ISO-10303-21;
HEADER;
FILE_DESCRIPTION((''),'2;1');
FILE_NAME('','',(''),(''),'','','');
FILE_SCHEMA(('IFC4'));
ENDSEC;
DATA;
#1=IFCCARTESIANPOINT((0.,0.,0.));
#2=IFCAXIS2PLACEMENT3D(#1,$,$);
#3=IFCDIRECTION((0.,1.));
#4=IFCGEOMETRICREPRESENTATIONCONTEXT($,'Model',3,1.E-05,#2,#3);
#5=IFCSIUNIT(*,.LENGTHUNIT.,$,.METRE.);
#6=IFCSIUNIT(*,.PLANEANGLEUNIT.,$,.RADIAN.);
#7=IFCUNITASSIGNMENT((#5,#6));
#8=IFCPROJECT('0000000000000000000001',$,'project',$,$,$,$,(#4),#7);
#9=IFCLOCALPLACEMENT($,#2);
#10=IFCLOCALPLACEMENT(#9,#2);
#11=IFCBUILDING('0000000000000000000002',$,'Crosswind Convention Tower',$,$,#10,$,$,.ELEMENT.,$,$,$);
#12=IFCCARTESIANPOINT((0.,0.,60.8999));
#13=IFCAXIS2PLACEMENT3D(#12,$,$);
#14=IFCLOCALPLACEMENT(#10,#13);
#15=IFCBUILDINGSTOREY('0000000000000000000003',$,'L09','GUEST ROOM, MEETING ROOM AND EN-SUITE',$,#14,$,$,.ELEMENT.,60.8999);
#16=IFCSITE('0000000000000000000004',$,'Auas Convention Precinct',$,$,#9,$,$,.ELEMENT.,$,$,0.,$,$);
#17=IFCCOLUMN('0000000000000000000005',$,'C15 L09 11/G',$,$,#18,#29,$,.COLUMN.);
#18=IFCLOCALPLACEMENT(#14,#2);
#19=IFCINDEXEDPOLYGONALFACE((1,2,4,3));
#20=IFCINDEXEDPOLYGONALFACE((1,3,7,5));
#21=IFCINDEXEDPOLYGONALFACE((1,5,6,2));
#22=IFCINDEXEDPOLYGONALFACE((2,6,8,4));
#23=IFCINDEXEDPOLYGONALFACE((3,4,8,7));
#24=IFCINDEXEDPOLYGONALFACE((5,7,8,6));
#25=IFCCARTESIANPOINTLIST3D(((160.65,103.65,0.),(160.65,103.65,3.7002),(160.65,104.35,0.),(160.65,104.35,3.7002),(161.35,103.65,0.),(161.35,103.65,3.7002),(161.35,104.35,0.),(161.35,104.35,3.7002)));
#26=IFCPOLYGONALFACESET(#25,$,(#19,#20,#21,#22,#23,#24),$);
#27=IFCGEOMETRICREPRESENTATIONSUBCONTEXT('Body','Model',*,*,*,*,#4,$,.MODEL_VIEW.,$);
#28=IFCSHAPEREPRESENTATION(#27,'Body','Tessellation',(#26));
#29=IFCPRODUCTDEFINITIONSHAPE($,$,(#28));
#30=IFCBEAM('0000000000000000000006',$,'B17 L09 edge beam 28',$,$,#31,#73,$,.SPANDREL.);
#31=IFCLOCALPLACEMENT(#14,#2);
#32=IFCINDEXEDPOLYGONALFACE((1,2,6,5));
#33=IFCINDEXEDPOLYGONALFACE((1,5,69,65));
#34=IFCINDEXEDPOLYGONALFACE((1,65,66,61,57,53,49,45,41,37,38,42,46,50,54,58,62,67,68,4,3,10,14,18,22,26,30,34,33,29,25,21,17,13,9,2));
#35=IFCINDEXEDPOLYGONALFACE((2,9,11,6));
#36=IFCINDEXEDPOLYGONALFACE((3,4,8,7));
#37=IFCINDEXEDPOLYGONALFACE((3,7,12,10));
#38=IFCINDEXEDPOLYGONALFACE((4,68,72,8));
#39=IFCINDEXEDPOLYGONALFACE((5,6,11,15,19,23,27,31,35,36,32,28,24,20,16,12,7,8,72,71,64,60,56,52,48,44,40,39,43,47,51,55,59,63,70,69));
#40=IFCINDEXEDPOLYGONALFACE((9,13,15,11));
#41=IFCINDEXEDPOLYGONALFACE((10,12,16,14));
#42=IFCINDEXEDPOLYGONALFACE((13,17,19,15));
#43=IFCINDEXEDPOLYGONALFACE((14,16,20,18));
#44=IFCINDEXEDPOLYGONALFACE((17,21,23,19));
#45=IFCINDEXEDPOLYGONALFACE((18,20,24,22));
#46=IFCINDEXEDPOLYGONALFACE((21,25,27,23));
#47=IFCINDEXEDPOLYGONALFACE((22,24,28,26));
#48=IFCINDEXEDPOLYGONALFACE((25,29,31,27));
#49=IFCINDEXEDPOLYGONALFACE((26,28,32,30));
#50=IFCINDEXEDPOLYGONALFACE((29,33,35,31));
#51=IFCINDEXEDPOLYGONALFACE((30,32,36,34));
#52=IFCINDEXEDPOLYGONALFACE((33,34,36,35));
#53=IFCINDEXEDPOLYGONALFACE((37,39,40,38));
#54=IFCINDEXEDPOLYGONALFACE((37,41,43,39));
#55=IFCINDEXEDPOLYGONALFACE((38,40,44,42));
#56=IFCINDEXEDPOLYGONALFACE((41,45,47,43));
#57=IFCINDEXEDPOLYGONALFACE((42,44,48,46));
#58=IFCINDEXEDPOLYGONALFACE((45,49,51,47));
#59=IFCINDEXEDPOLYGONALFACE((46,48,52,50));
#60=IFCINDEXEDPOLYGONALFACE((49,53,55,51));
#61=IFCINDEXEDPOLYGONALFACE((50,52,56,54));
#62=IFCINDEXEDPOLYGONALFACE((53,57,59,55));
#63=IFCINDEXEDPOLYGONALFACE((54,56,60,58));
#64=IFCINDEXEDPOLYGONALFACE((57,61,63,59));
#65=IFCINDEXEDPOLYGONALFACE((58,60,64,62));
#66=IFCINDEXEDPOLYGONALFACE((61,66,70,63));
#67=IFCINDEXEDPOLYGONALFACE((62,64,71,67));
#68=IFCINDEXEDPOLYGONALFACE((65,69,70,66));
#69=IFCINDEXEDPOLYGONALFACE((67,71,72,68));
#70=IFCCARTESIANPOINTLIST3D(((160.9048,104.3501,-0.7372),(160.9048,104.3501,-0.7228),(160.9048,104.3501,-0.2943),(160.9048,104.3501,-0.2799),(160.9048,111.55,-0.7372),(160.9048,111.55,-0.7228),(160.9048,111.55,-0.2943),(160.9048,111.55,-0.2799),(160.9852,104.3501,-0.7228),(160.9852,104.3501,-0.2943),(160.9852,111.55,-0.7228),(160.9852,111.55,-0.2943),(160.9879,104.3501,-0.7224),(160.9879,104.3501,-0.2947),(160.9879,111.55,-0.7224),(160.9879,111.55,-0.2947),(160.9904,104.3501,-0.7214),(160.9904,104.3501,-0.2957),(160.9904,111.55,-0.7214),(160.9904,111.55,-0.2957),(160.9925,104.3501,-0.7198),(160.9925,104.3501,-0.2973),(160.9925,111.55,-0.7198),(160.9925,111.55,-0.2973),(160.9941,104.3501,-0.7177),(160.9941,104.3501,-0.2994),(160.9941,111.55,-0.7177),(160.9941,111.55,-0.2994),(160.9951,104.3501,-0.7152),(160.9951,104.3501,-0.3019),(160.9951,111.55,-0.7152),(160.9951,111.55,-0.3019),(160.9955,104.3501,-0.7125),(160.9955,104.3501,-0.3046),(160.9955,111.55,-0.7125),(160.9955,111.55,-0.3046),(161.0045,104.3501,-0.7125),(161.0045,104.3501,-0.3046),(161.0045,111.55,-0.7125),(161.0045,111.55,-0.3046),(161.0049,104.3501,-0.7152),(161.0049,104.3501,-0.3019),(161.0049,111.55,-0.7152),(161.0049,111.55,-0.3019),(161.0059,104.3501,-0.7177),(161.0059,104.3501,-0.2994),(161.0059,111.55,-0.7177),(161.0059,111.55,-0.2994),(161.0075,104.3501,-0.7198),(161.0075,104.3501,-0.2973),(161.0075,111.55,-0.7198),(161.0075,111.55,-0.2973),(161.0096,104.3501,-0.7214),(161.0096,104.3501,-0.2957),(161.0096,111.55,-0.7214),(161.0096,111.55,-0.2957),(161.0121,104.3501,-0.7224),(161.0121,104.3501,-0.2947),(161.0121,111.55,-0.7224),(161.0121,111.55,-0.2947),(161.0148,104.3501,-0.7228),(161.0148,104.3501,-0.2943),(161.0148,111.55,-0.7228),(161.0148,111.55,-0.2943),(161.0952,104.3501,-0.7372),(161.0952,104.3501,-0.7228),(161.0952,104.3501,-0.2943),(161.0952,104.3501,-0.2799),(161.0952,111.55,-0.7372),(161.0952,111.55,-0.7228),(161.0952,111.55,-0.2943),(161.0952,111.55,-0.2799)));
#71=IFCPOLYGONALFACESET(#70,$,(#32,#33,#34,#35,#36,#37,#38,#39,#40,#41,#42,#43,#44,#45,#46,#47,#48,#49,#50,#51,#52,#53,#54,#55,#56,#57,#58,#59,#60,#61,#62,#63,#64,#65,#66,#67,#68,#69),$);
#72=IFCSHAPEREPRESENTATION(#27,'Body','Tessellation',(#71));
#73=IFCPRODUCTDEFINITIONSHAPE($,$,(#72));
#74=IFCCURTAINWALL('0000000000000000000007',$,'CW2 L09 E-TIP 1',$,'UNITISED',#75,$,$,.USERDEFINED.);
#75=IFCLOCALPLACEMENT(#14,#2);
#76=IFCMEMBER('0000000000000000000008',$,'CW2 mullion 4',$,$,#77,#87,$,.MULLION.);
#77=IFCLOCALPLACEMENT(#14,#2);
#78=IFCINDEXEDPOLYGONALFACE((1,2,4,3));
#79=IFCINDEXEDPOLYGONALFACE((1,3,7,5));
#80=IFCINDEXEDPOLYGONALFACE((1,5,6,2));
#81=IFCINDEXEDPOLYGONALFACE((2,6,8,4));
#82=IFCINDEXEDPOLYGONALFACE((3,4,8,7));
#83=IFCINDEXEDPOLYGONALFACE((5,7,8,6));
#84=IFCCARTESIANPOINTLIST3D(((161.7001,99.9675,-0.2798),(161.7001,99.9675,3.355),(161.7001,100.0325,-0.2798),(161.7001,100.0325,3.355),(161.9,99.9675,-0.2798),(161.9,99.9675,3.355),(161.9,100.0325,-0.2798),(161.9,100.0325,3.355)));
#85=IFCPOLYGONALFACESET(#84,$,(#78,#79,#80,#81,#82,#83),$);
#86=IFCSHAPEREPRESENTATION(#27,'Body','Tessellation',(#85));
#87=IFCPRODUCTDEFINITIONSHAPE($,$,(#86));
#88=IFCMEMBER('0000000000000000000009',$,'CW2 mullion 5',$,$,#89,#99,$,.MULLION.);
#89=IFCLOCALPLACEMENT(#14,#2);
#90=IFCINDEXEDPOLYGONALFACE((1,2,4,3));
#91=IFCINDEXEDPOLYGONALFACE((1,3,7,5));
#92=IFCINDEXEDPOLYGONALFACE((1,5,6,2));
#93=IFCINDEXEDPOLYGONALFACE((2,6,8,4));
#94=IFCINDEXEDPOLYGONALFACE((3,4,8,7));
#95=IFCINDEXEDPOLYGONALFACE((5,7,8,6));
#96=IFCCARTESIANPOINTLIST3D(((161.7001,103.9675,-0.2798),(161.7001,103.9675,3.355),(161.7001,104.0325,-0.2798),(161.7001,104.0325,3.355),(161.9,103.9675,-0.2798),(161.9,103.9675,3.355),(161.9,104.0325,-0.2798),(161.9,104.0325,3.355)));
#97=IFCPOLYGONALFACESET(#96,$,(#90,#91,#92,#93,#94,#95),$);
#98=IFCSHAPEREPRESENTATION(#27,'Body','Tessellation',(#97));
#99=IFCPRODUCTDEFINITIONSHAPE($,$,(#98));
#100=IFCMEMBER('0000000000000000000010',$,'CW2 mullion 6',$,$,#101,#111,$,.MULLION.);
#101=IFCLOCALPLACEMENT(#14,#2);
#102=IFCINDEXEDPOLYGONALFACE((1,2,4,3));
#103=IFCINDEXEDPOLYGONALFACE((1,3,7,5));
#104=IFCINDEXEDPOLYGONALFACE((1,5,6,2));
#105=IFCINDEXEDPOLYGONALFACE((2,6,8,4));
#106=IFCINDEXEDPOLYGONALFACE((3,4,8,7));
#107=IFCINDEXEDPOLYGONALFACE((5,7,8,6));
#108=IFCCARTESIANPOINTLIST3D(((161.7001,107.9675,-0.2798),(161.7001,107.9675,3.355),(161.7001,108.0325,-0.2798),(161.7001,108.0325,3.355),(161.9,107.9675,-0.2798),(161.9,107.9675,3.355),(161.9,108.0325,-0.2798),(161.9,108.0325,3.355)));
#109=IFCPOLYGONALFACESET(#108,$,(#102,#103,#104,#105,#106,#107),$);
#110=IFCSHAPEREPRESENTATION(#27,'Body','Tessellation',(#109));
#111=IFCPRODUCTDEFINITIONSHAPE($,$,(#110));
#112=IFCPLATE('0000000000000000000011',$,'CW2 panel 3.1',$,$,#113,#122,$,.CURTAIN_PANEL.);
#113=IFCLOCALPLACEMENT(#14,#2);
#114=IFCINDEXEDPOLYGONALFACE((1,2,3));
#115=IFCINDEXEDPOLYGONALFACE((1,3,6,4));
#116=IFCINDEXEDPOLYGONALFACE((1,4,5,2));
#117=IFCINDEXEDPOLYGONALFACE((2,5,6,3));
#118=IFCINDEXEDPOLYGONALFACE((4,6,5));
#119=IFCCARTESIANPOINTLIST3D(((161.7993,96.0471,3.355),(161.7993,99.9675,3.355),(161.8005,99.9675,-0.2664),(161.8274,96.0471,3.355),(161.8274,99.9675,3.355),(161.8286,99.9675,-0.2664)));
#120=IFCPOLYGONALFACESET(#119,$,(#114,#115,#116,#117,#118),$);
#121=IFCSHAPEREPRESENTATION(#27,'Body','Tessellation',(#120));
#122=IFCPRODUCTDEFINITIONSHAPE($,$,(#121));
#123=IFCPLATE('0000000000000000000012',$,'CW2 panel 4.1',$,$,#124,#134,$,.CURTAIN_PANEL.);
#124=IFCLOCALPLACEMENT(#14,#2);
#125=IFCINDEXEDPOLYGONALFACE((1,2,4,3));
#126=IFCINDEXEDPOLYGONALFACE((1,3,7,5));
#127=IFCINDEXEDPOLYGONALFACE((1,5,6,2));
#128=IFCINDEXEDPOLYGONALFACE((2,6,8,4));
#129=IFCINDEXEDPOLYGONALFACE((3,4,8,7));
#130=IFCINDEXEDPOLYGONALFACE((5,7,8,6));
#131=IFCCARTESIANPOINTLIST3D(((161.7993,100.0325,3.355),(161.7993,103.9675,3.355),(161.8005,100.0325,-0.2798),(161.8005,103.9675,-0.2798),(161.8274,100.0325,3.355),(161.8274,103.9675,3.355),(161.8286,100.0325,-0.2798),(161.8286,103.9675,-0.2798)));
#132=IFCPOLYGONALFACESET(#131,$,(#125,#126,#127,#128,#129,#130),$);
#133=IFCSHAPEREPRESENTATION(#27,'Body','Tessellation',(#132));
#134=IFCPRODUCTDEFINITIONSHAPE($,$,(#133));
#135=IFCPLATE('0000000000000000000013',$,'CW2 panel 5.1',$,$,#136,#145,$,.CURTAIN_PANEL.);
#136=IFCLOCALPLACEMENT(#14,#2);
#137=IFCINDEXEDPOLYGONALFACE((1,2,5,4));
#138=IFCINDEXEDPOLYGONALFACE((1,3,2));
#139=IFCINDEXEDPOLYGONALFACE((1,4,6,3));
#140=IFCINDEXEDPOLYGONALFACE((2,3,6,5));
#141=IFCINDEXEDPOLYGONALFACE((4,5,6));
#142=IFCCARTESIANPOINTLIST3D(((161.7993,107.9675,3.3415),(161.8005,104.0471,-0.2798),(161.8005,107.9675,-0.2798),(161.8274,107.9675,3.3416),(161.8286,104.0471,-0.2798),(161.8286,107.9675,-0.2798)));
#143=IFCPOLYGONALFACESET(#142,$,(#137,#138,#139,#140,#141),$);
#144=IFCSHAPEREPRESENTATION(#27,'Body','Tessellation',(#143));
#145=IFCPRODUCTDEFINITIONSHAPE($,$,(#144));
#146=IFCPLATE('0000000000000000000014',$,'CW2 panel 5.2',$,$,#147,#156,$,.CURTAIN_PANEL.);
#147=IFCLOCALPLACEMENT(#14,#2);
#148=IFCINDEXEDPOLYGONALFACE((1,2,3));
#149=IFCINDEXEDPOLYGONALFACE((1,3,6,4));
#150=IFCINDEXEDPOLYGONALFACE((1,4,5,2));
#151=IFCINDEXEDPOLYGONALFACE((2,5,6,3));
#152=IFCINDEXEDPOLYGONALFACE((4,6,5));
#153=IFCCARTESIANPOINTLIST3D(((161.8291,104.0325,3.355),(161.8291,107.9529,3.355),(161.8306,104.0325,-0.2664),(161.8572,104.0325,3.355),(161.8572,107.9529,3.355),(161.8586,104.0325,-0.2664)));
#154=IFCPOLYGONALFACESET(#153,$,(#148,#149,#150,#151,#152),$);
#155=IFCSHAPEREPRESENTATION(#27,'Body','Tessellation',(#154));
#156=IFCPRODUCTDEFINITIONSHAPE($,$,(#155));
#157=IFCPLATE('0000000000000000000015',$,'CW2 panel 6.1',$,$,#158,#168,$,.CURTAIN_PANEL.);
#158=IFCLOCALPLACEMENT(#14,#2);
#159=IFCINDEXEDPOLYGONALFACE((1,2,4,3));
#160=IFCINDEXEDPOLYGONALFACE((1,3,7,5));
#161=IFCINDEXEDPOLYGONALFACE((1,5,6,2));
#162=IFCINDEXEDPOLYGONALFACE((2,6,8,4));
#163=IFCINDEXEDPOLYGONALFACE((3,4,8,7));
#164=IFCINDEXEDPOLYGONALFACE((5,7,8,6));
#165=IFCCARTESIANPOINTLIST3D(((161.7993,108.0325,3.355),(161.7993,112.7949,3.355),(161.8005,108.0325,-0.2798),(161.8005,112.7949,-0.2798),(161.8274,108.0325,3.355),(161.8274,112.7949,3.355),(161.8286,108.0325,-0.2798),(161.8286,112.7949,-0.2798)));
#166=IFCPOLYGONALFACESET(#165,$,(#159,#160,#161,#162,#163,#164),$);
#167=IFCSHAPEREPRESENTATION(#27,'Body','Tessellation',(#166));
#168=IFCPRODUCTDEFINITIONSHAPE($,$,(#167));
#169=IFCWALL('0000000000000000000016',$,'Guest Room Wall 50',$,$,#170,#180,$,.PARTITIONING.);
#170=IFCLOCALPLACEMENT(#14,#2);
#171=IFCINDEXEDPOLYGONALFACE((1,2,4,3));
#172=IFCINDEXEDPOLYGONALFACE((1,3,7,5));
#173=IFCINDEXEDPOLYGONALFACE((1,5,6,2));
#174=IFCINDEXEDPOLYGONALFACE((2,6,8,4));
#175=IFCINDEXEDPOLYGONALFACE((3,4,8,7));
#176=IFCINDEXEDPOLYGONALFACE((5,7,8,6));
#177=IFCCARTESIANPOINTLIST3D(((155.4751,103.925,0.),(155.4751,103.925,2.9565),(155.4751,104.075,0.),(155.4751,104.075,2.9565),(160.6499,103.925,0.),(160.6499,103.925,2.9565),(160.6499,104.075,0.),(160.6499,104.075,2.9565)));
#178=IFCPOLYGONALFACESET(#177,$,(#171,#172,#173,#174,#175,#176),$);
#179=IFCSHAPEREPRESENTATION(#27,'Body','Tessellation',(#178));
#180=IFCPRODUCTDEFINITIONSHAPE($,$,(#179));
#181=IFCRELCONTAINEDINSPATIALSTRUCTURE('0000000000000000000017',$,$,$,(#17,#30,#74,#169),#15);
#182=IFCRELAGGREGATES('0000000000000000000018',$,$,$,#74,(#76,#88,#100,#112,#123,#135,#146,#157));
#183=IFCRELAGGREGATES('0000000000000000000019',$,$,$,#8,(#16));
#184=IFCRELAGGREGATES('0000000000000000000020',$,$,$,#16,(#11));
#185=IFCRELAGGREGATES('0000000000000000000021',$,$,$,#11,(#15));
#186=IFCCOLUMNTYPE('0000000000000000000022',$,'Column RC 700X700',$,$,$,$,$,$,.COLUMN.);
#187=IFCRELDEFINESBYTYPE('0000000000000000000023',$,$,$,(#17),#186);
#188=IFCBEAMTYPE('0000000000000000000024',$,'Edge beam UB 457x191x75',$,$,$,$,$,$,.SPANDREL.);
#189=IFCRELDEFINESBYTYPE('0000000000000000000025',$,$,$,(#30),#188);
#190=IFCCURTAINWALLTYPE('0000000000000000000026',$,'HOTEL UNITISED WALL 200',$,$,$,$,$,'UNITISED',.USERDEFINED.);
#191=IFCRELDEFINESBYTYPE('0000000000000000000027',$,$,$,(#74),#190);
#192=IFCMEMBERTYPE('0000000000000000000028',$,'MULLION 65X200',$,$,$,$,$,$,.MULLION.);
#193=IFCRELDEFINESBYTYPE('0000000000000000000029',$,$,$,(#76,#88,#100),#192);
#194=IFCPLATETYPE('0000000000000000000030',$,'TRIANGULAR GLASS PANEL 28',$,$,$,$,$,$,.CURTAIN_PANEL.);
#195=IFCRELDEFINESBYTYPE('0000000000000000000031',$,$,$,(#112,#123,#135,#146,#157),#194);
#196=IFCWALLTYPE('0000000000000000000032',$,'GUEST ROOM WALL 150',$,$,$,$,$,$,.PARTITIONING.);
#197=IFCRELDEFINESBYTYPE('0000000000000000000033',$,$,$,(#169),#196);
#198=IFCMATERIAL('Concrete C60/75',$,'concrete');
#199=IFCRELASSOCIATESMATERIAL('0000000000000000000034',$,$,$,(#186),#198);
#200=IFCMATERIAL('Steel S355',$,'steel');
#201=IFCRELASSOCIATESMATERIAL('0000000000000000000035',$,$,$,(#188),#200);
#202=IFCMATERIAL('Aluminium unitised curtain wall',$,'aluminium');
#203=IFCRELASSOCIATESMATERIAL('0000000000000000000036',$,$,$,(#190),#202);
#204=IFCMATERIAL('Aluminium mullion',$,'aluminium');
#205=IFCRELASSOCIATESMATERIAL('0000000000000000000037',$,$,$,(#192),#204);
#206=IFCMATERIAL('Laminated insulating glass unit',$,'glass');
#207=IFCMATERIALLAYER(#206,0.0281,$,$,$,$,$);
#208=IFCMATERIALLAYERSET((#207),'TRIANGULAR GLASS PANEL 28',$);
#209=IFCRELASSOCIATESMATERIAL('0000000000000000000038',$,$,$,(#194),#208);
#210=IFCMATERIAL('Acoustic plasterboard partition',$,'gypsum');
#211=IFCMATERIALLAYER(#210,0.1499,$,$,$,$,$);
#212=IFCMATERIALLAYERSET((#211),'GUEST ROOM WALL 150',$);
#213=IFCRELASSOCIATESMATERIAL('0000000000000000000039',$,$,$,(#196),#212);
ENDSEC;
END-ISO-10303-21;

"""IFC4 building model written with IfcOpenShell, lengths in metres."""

from ifc_helpers import new_model, si_unit, direction, frame, frame_2d, origin, origin_2d, place, context, subcontext, project, spatial, polyline, rectangle, i_section, outline, extrude, material, layer, layer_set, material_profile, profile_set, type_object, element, aggregate, save


model = new_model("IFC4")

# Units and contexts
model_context = context("Model", 3, precision=1e-05, world=origin(), true_north=direction((0.0, 1.0)))
body_context = subcontext(model_context, "Body", "Model", "MODEL_VIEW")
ifc_project = project(units=[si_unit("LENGTHUNIT", "METRE"), si_unit("PLANEANGLEUNIT", "RADIAN")], contexts=[model_context])

# Site, building, storey
site_placement = place(None, origin())
site = spatial("IfcSite", under=ifc_project, at=site_placement, Name="Auas Convention Precinct", CompositionType="ELEMENT", RefElevation=0.0)
building_placement = place(site_placement, origin())
building = spatial("IfcBuilding", under=site, at=building_placement, Name="Crosswind Convention Tower", CompositionType="ELEMENT")
storey_placement = place(building_placement, frame((0.0, 0.0, 60.8999)))
storey = spatial("IfcBuildingStorey", under=building, at=storey_placement, Name="L09", Description="GUEST ROOM, MEETING ROOM AND EN-SUITE", CompositionType="ELEMENT", Elevation=60.8999)

# Column
ifc_material_1 = material(Name="Concrete C60/75", Category="concrete")
ifc_material_profile_1 = material_profile(ifc_material_1, rectangle(XDim=0.7, YDim=0.7, at=origin_2d()), Name="RC 700X700")
ifc_profile_set_1 = profile_set([ifc_material_profile_1], Name="Concrete C60/75")
column_type = type_object("IfcColumnType", Name="Column RC 700X700", PredefinedType="COLUMN", material=ifc_profile_set_1)
column_placement = place(storey_placement, frame((161.0, 104.0, 0.0), z_axis=(0.0, 0.0, 1.0), x_axis=(1.0, 0.0, 0.0)))
element("IfcColumn", 1, at=column_placement, inside=storey, type_object=column_type, Name="C15 L09 11/G", PredefinedType="COLUMN", context=body_context, shape_type="SweptSolid", body=[
    extrude(rectangle(XDim=0.7, YDim=0.7, at=origin_2d()), origin(), (0.0, 0.0, 1.0), 3.7002),
])

# Beam
ifc_material_2 = material(Name="Steel S355", Category="steel")
ifc_material_profile_2 = material_profile(ifc_material_2, i_section(OverallWidth=0.1904, OverallDepth=0.4573, WebThickness=0.009, FlangeThickness=0.0144, FilletRadius=0.0103, at=origin_2d()), Name="UB 457x191x75")
ifc_profile_set_2 = profile_set([ifc_material_profile_2], Name="Steel S355")
beam_type = type_object("IfcBeamType", Name="Edge beam UB 457x191x75", PredefinedType="SPANDREL", material=ifc_profile_set_2)
beam_placement = place(storey_placement, frame((161.0, 104.3501, -0.5085), z_axis=(0.0, 1.0, 0.0), x_axis=(-1.0, 0.0, 0.0)))
element("IfcBeam", 2, at=beam_placement, inside=storey, type_object=beam_type, Name="B17 L09 edge beam 28", PredefinedType="SPANDREL", context=body_context, shape_type="SweptSolid", body=[
    extrude(i_section(OverallWidth=0.1904, OverallDepth=0.4573, WebThickness=0.009, FlangeThickness=0.0144, FilletRadius=0.0103, at=origin_2d()), origin(), (0.0, 0.0, 1.0), 7.2),
])

# Curtain wall, members, plates
ifc_material_3 = material(Name="Aluminium unitised curtain wall", Category="aluminium")
curtain_wall_type = type_object("IfcCurtainWallType", Name="HOTEL UNITISED WALL 200", ElementType="UNITISED", PredefinedType="USERDEFINED", material=ifc_material_3)
curtain_wall_placement = place(storey_placement, origin())
curtain_wall = element("IfcCurtainWall", 3, at=curtain_wall_placement, inside=storey, type_object=curtain_wall_type, Name="CW2 L09 E-TIP 1", ObjectType="UNITISED", PredefinedType="USERDEFINED")
ifc_material_4 = material(Name="Aluminium mullion", Category="aluminium")
ifc_material_profile_3 = material_profile(ifc_material_4, rectangle(XDim=0.2, YDim=0.0649, at=origin_2d()), Name="AL 200X65")
ifc_profile_set_3 = profile_set([ifc_material_profile_3], Name="Aluminium mullion")
member_type = type_object("IfcMemberType", Name="MULLION 65X200", PredefinedType="MULLION", material=ifc_profile_set_3)
member_1_placement = place(storey_placement, frame((161.8, 100.0, -0.2798), z_axis=(0.0, 0.0, 1.0), x_axis=(1.0, 0.0, 0.0)))
member_1 = element("IfcMember", 4, at=member_1_placement, type_object=member_type, Name="CW2 mullion 4", PredefinedType="MULLION", context=body_context, shape_type="SweptSolid", body=[
    extrude(rectangle(XDim=0.2, YDim=0.0649, at=origin_2d()), origin(), (0.0, 0.0, 1.0), 3.6348),
])
member_2_placement = place(storey_placement, frame((161.8, 104.0, -0.2798), z_axis=(0.0, 0.0, 1.0), x_axis=(1.0, 0.0, 0.0)))
member_2 = element("IfcMember", 5, at=member_2_placement, type_object=member_type, Name="CW2 mullion 5", PredefinedType="MULLION", context=body_context, shape_type="SweptSolid", body=[
    extrude(rectangle(XDim=0.2, YDim=0.0649, at=origin_2d()), origin(), (0.0, 0.0, 1.0), 3.6348),
])
member_3_placement = place(storey_placement, frame((161.8, 108.0, -0.2798), z_axis=(0.0, 0.0, 1.0), x_axis=(1.0, 0.0, 0.0)))
member_3 = element("IfcMember", 6, at=member_3_placement, type_object=member_type, Name="CW2 mullion 6", PredefinedType="MULLION", context=body_context, shape_type="SweptSolid", body=[
    extrude(rectangle(XDim=0.2, YDim=0.0649, at=origin_2d()), origin(), (0.0, 0.0, 1.0), 3.6348),
])
ifc_material_5 = material(Name="Laminated insulating glass unit", Category="glass")
ifc_layer_1 = layer(ifc_material_5, 0.0281)
ifc_layer_set_1 = layer_set([ifc_layer_1], Name="TRIANGULAR GLASS PANEL 28")
plate_type = type_object("IfcPlateType", Name="TRIANGULAR GLASS PANEL 28", PredefinedType="CURTAIN_PANEL", material=ifc_layer_set_1)
plate_1_placement = place(storey_placement, frame((161.8274, 99.9675, 3.355), z_axis=(1.0, 0.0, 0.000337), x_axis=(0.0, -1.0, 0.0)))
plate_1 = element("IfcPlate", 7, at=plate_1_placement, type_object=plate_type, Name="CW2 panel 3.1", PredefinedType="CURTAIN_PANEL", context=body_context, shape_type="SweptSolid", body=[
    extrude(outline(polyline([(0.0, 0.0), (3.9204, 0.0), (0.0, 3.6213), (0.0, 0.0)])), origin(), (0.0, 0.0, -1.0), 0.0281),
])
plate_2_placement = place(storey_placement, frame((161.8286, 100.0325, -0.2798), z_axis=(1.0, 0.0, 0.000336), x_axis=(0.0, 1.0, 0.0)))
plate_2 = element("IfcPlate", 8, at=plate_2_placement, type_object=plate_type, Name="CW2 panel 4.1", PredefinedType="CURTAIN_PANEL", context=body_context, shape_type="SweptSolid", body=[
    extrude(outline(polyline([(0.0, 0.0), (3.9351, 0.0), (3.9351, 3.6348), (0.0, 3.6348), (0.0, 0.0)])), origin(), (0.0, 0.0, -1.0), 0.0281),
])
plate_3_placement = place(storey_placement, frame((161.8286, 107.9675, -0.2798), z_axis=(1.0, 0.0, 0.000337), x_axis=(-0.000337, 0.0, 1.0)))
plate_3 = element("IfcPlate", 9, at=plate_3_placement, type_object=plate_type, Name="CW2 panel 5.1", PredefinedType="CURTAIN_PANEL", context=body_context, shape_type="SweptSolid", body=[
    extrude(outline(polyline([(0.0, 0.0), (3.6213, 0.0), (0.0, 3.9204), (0.0, 0.0)])), origin(), (0.0, 0.0, -1.0), 0.0281),
])
plate_4_placement = place(storey_placement, frame((161.8572, 104.0325, 3.355), z_axis=(1.0, 0.0, 0.000405), x_axis=(0.000405, 0.0, -1.0)))
plate_4 = element("IfcPlate", 10, at=plate_4_placement, type_object=plate_type, Name="CW2 panel 5.2", PredefinedType="CURTAIN_PANEL", context=body_context, shape_type="SweptSolid", body=[
    extrude(outline(polyline([(0.0, 0.0), (3.6213, 0.0), (0.0, 3.9204), (0.0, 0.0)])), origin(), (0.0, 0.0, -1.0), 0.0281),
])
plate_5_placement = place(storey_placement, frame((161.8286, 108.0325, -0.2798), z_axis=(1.0, 0.0, 0.000336), x_axis=(0.0, 1.0, 0.0)))
plate_5 = element("IfcPlate", 11, at=plate_5_placement, type_object=plate_type, Name="CW2 panel 6.1", PredefinedType="CURTAIN_PANEL", context=body_context, shape_type="SweptSolid", body=[
    extrude(outline(polyline([(0.0, 0.0), (4.7625, 0.0), (4.7625, 3.6348), (0.0, 3.6348), (0.0, 0.0)])), origin(), (0.0, 0.0, -1.0), 0.0281),
])
aggregate(curtain_wall, [member_1, member_2, member_3, plate_1, plate_2, plate_3, plate_4, plate_5])

# Wall
ifc_material_6 = material(Name="Acoustic plasterboard partition", Category="gypsum")
ifc_layer_2 = layer(ifc_material_6, 0.1499)
ifc_layer_set_2 = layer_set([ifc_layer_2], Name="GUEST ROOM WALL 150")
wall_type_1 = type_object("IfcWallType", Name="GUEST ROOM WALL 150", PredefinedType="PARTITIONING", material=ifc_layer_set_2)
wall_1_placement = place(storey_placement, frame((155.4751, 104.0, 0.0), z_axis=(0.0, 0.0, 1.0), x_axis=(1.0, 0.0, 0.0)))
element("IfcWall", 12, at=wall_1_placement, inside=storey, type_object=wall_type_1, Name="Guest Room Wall 50", PredefinedType="PARTITIONING", context=body_context, shape_type="SweptSolid", body=[
    extrude(rectangle(XDim=5.1748, YDim=0.1499, at=frame_2d((2.5874, 0.0))), origin(), (0.0, 0.0, 1.0), 2.9565),
])

save(model, "model.ifc")
